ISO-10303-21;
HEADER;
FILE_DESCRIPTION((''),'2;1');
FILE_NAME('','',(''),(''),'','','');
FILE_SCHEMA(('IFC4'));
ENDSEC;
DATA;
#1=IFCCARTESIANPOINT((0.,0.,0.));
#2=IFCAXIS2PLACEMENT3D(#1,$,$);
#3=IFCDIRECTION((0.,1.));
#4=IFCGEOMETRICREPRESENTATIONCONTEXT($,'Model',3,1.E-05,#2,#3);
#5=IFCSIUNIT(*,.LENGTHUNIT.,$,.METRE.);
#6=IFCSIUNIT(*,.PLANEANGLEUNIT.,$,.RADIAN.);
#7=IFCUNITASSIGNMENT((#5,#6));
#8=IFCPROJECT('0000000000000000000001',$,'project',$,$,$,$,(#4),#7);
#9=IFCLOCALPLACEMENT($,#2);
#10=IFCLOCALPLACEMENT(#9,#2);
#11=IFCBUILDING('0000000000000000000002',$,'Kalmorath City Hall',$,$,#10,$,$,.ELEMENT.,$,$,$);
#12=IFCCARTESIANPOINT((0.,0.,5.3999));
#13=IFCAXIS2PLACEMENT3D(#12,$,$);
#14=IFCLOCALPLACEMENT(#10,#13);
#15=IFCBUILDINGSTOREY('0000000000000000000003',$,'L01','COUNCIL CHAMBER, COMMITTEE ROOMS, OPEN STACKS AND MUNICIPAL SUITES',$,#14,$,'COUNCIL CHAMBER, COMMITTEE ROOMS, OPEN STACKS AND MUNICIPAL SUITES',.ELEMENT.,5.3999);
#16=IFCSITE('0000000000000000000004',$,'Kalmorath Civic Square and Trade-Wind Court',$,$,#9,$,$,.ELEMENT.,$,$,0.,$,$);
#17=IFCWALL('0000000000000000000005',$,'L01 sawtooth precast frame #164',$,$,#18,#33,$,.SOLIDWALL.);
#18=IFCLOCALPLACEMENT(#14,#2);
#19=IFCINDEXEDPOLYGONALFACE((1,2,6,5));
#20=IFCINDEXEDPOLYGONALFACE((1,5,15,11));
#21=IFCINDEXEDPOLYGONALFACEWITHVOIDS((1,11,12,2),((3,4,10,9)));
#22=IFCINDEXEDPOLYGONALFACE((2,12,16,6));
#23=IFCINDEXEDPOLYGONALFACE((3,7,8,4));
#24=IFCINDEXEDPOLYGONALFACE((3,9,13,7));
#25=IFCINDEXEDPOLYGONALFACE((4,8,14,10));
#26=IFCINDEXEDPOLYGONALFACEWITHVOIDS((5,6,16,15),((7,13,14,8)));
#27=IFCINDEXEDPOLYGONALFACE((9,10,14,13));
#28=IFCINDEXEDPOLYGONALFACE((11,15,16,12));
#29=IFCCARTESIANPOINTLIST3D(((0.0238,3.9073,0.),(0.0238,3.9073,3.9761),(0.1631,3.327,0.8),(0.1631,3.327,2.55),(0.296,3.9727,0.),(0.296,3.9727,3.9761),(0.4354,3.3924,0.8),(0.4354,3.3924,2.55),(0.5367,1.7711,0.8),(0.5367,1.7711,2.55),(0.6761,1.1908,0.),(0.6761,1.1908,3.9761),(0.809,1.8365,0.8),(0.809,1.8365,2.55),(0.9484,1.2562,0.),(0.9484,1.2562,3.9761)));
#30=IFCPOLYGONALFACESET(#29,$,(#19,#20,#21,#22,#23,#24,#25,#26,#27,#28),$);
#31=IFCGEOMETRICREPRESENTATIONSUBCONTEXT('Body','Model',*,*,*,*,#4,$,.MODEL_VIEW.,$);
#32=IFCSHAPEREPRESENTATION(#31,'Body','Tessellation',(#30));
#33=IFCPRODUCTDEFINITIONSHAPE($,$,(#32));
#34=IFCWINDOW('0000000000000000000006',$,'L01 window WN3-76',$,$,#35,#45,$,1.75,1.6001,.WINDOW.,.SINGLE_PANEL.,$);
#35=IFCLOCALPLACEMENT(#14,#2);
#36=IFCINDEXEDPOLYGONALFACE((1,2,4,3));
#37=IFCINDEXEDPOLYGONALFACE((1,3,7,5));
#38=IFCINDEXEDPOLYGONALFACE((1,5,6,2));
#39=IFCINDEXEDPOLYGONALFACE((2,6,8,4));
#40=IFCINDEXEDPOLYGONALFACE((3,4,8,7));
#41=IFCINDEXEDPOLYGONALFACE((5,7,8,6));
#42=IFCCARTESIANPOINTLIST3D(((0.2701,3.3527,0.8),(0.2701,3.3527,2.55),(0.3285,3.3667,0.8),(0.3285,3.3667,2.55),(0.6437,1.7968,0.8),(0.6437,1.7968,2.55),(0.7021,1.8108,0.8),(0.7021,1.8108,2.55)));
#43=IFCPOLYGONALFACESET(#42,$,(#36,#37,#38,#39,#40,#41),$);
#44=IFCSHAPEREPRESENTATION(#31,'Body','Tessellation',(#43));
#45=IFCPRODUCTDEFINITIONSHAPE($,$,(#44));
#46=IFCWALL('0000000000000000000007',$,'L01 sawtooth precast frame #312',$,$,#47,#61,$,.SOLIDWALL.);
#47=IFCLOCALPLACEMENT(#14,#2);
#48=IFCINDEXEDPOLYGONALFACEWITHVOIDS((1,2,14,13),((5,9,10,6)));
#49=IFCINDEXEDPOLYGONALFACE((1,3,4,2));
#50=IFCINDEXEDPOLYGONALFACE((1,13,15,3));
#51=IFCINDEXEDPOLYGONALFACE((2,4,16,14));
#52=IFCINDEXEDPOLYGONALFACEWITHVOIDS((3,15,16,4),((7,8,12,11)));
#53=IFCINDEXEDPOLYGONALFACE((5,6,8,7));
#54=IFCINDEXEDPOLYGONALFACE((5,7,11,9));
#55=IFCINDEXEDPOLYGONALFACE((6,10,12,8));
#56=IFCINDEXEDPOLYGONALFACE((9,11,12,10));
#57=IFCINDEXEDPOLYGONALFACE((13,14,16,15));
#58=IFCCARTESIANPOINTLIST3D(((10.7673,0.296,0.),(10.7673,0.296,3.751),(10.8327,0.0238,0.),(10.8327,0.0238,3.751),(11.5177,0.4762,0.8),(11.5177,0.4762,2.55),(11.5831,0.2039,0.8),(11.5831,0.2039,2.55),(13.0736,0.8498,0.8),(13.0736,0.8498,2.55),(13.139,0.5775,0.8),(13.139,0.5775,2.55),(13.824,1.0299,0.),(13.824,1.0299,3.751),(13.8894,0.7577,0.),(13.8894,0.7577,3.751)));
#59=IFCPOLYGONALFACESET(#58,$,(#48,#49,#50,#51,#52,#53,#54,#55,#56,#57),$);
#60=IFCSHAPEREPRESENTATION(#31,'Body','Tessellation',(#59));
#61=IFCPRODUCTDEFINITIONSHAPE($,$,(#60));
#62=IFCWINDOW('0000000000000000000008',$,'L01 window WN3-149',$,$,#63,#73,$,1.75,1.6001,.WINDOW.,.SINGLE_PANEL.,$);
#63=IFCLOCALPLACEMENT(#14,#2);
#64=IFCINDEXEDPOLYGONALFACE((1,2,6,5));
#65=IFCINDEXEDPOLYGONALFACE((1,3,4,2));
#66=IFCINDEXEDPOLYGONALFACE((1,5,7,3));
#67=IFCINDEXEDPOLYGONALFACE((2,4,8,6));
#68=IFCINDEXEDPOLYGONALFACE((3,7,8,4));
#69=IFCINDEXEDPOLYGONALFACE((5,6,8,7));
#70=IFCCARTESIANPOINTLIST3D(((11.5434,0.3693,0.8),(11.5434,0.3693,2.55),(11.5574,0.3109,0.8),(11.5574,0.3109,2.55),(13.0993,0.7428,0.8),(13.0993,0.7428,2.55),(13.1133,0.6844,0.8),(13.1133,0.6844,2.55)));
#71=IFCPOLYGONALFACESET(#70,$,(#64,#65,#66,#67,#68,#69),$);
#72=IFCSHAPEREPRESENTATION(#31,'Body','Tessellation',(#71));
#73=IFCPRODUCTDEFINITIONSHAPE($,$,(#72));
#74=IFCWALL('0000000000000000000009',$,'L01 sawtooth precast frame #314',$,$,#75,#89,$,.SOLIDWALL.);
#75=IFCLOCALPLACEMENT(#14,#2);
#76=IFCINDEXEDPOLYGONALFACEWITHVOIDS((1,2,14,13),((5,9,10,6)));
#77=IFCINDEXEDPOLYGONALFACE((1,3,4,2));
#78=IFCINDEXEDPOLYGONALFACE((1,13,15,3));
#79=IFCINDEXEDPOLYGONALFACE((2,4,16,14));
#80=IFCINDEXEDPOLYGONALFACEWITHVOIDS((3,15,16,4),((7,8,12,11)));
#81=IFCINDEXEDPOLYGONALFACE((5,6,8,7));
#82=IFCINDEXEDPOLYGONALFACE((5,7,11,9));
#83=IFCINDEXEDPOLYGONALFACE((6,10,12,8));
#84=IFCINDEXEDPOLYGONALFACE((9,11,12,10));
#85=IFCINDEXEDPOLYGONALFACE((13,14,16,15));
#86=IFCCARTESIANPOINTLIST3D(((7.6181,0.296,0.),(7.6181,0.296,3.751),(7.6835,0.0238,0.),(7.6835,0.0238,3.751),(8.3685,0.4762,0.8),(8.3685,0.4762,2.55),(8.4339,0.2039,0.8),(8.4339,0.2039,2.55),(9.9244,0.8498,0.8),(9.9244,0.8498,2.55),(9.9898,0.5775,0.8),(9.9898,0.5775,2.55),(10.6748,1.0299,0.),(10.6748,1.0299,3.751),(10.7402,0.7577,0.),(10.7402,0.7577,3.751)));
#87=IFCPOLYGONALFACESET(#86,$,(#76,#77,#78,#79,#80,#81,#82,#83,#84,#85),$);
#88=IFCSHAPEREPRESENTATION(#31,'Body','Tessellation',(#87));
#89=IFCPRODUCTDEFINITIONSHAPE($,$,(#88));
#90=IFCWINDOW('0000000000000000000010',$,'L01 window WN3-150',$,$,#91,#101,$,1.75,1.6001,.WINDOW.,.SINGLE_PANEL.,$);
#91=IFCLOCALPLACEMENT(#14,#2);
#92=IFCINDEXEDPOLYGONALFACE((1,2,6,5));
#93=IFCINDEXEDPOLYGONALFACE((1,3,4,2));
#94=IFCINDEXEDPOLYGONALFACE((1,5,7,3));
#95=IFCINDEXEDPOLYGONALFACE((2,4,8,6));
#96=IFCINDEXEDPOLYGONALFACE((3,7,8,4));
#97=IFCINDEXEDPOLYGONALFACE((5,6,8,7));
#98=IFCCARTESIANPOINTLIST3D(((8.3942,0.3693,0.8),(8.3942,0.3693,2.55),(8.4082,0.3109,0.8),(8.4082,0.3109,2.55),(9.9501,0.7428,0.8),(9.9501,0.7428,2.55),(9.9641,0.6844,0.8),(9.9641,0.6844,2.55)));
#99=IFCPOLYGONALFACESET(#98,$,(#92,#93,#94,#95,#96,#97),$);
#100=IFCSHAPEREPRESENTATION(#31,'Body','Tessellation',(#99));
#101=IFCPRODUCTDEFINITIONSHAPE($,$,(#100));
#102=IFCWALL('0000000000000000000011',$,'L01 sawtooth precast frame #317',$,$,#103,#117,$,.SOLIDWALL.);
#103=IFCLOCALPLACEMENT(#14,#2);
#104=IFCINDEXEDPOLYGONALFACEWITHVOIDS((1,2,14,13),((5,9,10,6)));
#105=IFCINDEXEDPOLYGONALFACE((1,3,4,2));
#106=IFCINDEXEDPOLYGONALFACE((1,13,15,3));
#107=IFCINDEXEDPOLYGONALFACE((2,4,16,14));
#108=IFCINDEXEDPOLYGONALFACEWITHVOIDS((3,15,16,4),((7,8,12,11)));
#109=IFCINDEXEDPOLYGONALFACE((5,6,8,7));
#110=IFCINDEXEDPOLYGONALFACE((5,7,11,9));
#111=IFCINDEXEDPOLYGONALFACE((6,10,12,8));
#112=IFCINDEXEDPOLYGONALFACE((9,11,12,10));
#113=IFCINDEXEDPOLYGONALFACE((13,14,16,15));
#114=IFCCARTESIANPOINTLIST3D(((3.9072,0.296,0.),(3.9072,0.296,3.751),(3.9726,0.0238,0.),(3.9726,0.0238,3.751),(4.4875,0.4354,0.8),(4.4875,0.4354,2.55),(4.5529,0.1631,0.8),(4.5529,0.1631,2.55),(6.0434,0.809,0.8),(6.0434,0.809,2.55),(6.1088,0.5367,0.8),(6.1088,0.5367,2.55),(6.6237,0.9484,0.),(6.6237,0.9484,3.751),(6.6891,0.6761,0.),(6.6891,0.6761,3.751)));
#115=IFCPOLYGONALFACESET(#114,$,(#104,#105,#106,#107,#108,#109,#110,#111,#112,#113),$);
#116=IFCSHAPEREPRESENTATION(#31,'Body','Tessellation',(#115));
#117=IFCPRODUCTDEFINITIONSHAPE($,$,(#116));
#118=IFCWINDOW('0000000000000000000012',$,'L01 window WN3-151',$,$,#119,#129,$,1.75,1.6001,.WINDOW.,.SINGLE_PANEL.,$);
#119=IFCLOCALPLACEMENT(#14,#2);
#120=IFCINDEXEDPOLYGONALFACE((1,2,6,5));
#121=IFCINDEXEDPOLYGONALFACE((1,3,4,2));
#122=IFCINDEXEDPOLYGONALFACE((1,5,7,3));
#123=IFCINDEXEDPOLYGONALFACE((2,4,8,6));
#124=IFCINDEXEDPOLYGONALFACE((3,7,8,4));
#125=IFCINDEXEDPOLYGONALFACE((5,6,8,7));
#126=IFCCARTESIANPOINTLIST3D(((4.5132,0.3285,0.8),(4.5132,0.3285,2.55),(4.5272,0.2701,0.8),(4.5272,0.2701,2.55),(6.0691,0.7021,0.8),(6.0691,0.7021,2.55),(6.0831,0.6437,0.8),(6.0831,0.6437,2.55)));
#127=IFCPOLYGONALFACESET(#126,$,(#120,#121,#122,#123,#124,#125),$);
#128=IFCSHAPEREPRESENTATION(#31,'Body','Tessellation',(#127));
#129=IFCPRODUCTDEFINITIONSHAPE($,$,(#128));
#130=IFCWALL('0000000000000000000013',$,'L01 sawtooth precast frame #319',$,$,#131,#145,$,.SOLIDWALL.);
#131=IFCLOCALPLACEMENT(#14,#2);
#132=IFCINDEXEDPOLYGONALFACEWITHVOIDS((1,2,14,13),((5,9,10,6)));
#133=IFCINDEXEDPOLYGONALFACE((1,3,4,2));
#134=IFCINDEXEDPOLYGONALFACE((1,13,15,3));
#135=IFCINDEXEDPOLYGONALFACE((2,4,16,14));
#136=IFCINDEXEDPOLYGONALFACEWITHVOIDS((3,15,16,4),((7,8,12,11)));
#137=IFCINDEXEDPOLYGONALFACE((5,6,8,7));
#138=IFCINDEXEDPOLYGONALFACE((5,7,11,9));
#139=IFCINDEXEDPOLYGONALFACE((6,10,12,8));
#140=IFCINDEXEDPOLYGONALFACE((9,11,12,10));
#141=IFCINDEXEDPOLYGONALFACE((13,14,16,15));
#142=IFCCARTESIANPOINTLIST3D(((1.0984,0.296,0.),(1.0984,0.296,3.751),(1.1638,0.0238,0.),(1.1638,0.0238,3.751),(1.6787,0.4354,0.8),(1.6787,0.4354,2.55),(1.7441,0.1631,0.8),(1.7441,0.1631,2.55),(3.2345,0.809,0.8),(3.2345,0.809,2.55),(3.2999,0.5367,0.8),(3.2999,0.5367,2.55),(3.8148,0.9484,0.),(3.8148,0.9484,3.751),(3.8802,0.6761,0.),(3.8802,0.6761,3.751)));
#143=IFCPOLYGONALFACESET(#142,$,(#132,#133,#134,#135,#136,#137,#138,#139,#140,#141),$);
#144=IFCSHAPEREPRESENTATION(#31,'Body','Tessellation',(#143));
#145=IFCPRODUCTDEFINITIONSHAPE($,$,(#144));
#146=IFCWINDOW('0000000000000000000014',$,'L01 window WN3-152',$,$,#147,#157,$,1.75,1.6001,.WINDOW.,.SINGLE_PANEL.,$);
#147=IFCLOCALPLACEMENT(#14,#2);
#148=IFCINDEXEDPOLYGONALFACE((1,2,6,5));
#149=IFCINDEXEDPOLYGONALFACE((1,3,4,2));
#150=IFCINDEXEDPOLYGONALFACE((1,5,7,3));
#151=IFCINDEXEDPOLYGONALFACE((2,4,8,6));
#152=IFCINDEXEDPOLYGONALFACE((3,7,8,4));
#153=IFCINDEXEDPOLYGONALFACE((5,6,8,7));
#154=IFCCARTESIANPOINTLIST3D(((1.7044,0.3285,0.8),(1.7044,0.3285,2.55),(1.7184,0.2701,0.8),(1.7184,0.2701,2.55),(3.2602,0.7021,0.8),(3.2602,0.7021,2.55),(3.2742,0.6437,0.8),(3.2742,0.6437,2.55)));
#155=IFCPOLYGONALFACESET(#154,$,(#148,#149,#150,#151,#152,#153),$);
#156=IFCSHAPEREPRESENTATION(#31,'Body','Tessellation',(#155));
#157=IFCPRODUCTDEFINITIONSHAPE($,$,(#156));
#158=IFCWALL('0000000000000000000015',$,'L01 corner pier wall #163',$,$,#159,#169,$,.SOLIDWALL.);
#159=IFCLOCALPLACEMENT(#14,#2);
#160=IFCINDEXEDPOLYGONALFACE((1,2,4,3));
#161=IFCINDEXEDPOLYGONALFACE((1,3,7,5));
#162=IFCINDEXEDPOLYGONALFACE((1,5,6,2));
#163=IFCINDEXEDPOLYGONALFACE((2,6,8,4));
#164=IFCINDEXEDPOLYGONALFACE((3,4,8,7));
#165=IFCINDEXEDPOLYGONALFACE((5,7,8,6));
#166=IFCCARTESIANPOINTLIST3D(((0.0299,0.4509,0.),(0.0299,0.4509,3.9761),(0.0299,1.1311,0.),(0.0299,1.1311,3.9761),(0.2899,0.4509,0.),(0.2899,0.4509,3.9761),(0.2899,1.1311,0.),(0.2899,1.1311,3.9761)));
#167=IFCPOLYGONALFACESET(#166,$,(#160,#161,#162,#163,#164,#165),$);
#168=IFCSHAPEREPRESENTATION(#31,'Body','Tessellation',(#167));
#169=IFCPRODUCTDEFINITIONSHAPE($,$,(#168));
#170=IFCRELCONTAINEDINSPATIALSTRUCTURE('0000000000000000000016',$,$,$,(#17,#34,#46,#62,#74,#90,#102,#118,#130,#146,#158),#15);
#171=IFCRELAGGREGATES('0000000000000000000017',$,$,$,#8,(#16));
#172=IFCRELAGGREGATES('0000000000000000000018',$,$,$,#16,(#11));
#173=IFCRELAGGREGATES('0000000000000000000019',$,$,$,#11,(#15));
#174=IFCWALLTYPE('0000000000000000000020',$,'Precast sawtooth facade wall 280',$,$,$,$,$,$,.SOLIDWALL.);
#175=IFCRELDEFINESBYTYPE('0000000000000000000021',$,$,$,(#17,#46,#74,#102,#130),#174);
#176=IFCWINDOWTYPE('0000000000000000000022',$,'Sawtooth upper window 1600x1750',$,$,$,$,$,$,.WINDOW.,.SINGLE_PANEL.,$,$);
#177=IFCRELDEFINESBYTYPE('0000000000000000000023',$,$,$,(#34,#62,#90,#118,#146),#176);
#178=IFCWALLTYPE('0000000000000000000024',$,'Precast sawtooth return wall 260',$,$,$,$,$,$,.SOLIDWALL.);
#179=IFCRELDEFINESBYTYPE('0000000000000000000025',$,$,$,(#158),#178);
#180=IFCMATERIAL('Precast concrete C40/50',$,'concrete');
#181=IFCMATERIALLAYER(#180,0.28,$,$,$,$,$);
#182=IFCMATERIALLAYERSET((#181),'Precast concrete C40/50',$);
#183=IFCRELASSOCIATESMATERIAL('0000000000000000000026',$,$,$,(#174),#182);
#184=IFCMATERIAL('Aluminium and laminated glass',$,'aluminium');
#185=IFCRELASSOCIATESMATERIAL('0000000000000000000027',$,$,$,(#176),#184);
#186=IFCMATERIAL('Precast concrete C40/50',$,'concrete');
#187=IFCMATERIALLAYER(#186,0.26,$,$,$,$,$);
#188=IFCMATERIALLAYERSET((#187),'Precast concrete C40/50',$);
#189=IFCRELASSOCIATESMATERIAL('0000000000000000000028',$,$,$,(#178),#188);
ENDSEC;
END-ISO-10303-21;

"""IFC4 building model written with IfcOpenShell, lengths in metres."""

from ifc_helpers import new_model, si_unit, direction, frame, frame_2d, origin, place, context, subcontext, project, spatial, rectangle, extrude, material, layer, layer_set, type_object, element, fill, save


model = new_model("IFC4")

# Units and contexts
model_context = context("Model", 3, precision=1e-05, world=origin(), true_north=direction((0.0, 1.0)))
body_context = subcontext(model_context, "Body", "Model", "MODEL_VIEW")
ifc_project = project(units=[si_unit("LENGTHUNIT", "METRE"), si_unit("PLANEANGLEUNIT", "RADIAN")], contexts=[model_context])

# Site, building, storey
site_placement = place(None, origin())
site = spatial("IfcSite", under=ifc_project, at=site_placement, Name="Kalmorath Civic Square and Trade-Wind Court", CompositionType="ELEMENT", RefElevation=0.0)
building_placement = place(site_placement, origin())
building = spatial("IfcBuilding", under=site, at=building_placement, Name="Kalmorath City Hall", CompositionType="ELEMENT")
storey_placement = place(building_placement, frame((0.0, 0.0, 5.3999)))
storey = spatial("IfcBuildingStorey", under=building, at=storey_placement, Name="L01", Description="COUNCIL CHAMBER, COMMITTEE ROOMS, OPEN STACKS AND MUNICIPAL SUITES", LongName="COUNCIL CHAMBER, COMMITTEE ROOMS, OPEN STACKS AND MUNICIPAL SUITES", CompositionType="ELEMENT", Elevation=5.3999)

# Walls, openings, windows
ifc_material_1 = material(Name="Precast concrete C40/50", Category="concrete")
ifc_layer_1 = layer(ifc_material_1, 0.28)
ifc_layer_set_1 = layer_set([ifc_layer_1], Name="Precast concrete C40/50")
wall_type_1 = type_object("IfcWallType", Name="Precast sawtooth facade wall 280", PredefinedType="SOLIDWALL", material=ifc_layer_set_1)
wall_1_placement = place(storey_placement, frame((0.8123, 1.2234, 0.0), z_axis=(0.0, 0.0, 1.0), x_axis=(-0.233499, 0.972357, 0.0)))
wall_1 = element("IfcWall", 1, at=wall_1_placement, inside=storey, type_object=wall_type_1, Name="L01 sawtooth precast frame #164", PredefinedType="SOLIDWALL", context=body_context, shape_type="SweptSolid", body=[
    extrude(rectangle(XDim=2.7937, YDim=0.28, at=frame_2d((1.397, 0.0))), origin(), (0.0, 0.0, 1.0), 3.9761),
])
opening_1_placement = place(wall_1_placement, frame((0.5969, 0.0, 0.8)))
opening_1 = element("IfcOpeningElement", 2, at=opening_1_placement, cuts=wall_1, PredefinedType="OPENING", context=body_context, shape_type="SweptSolid", body=[
    extrude(rectangle(XDim=1.6001, YDim=1.75, at=frame_2d((0.8, 0.875))), frame((0.0, 0.1499, 0.0), z_axis=(0.0, -1.0, 0.0), x_axis=(1.0, 0.0, 0.0)), (0.0, 0.0, 1.0), 0.3),
])
ifc_material_2 = material(Name="Aluminium and laminated glass", Category="aluminium")
window_type = type_object("IfcWindowType", Name="Sawtooth upper window 1600x1750", PartitioningType="SINGLE_PANEL", PredefinedType="WINDOW", material=ifc_material_2)
window_1_placement = place(opening_1_placement, origin())
window_1 = element("IfcWindow", 3, at=window_1_placement, inside=storey, type_object=window_type, Name="L01 window WN3-76", OverallHeight=1.75, OverallWidth=1.6001, PartitioningType="SINGLE_PANEL", PredefinedType="WINDOW", context=body_context, shape_type="SweptSolid", body=[
    extrude(rectangle(XDim=1.6001, YDim=1.75, at=frame_2d((0.8, 0.875))), frame((0.0, 0.03, 0.0), z_axis=(0.0, -1.0, 0.0), x_axis=(1.0, 0.0, 0.0)), (0.0, 0.0, 1.0), 0.0601),
])
fill(opening_1, window_1)
wall_2_placement = place(storey_placement, frame((13.8567, 0.8938, 0.0), z_axis=(0.0, 0.0, 1.0), x_axis=(-0.972366, -0.233461, 0.0)))
wall_2 = element("IfcWall", 4, at=wall_2_placement, inside=storey, type_object=wall_type_1, Name="L01 sawtooth precast frame #312", PredefinedType="SOLIDWALL", context=body_context, shape_type="SweptSolid", body=[
    extrude(rectangle(XDim=3.1436, YDim=0.28, at=frame_2d((1.5718, 0.0))), origin(), (0.0, 0.0, 1.0), 3.751),
])
opening_2_placement = place(wall_2_placement, frame((0.7717, 0.0, 0.8)))
opening_2 = element("IfcOpeningElement", 5, at=opening_2_placement, cuts=wall_2, PredefinedType="OPENING", context=body_context, shape_type="SweptSolid", body=[
    extrude(rectangle(XDim=1.6001, YDim=1.75, at=frame_2d((0.8, 0.875))), frame((0.0, 0.1499, 0.0), z_axis=(0.0, -1.0, 0.0), x_axis=(1.0, 0.0, 0.0)), (0.0, 0.0, 1.0), 0.3),
])
window_2_placement = place(opening_2_placement, origin())
window_2 = element("IfcWindow", 6, at=window_2_placement, inside=storey, type_object=window_type, Name="L01 window WN3-149", OverallHeight=1.75, OverallWidth=1.6001, PartitioningType="SINGLE_PANEL", PredefinedType="WINDOW", context=body_context, shape_type="SweptSolid", body=[
    extrude(rectangle(XDim=1.6001, YDim=1.75, at=frame_2d((0.8, 0.875))), frame((0.0, 0.03, 0.0), z_axis=(0.0, -1.0, 0.0), x_axis=(1.0, 0.0, 0.0)), (0.0, 0.0, 1.0), 0.0601),
])
fill(opening_2, window_2)
wall_3_placement = place(storey_placement, frame((10.7075, 0.8938, 0.0), z_axis=(0.0, 0.0, 1.0), x_axis=(-0.972366, -0.233461, 0.0)))
wall_3 = element("IfcWall", 7, at=wall_3_placement, inside=storey, type_object=wall_type_1, Name="L01 sawtooth precast frame #314", PredefinedType="SOLIDWALL", context=body_context, shape_type="SweptSolid", body=[
    extrude(rectangle(XDim=3.1436, YDim=0.28, at=frame_2d((1.5718, 0.0))), origin(), (0.0, 0.0, 1.0), 3.751),
])
opening_3_placement = place(wall_3_placement, frame((0.7717, 0.0, 0.8)))
opening_3 = element("IfcOpeningElement", 8, at=opening_3_placement, cuts=wall_3, PredefinedType="OPENING", context=body_context, shape_type="SweptSolid", body=[
    extrude(rectangle(XDim=1.6001, YDim=1.75, at=frame_2d((0.8, 0.875))), frame((0.0, 0.1499, 0.0), z_axis=(0.0, -1.0, 0.0), x_axis=(1.0, 0.0, 0.0)), (0.0, 0.0, 1.0), 0.3),
])
window_3_placement = place(opening_3_placement, origin())
window_3 = element("IfcWindow", 9, at=window_3_placement, inside=storey, type_object=window_type, Name="L01 window WN3-150", OverallHeight=1.75, OverallWidth=1.6001, PartitioningType="SINGLE_PANEL", PredefinedType="WINDOW", context=body_context, shape_type="SweptSolid", body=[
    extrude(rectangle(XDim=1.6001, YDim=1.75, at=frame_2d((0.8, 0.875))), frame((0.0, 0.03, 0.0), z_axis=(0.0, -1.0, 0.0), x_axis=(1.0, 0.0, 0.0)), (0.0, 0.0, 1.0), 0.0601),
])
fill(opening_3, window_3)
wall_4_placement = place(storey_placement, frame((6.6565, 0.8123, 0.0), z_axis=(0.0, 0.0, 1.0), x_axis=(-0.972357, -0.233499, 0.0)))
wall_4 = element("IfcWall", 10, at=wall_4_placement, inside=storey, type_object=wall_type_1, Name="L01 sawtooth precast frame #317", PredefinedType="SOLIDWALL", context=body_context, shape_type="SweptSolid", body=[
    extrude(rectangle(XDim=2.7937, YDim=0.28, at=frame_2d((1.397, 0.0))), origin(), (0.0, 0.0, 1.0), 3.751),
])
opening_4_placement = place(wall_4_placement, frame((0.5969, 0.0, 0.8)))
opening_4 = element("IfcOpeningElement", 11, at=opening_4_placement, cuts=wall_4, PredefinedType="OPENING", context=body_context, shape_type="SweptSolid", body=[
    extrude(rectangle(XDim=1.6001, YDim=1.75, at=frame_2d((0.8, 0.875))), frame((0.0, 0.1499, 0.0), z_axis=(0.0, -1.0, 0.0), x_axis=(1.0, 0.0, 0.0)), (0.0, 0.0, 1.0), 0.3),
])
window_4_placement = place(opening_4_placement, origin())
window_4 = element("IfcWindow", 12, at=window_4_placement, inside=storey, type_object=window_type, Name="L01 window WN3-151", OverallHeight=1.75, OverallWidth=1.6001, PartitioningType="SINGLE_PANEL", PredefinedType="WINDOW", context=body_context, shape_type="SweptSolid", body=[
    extrude(rectangle(XDim=1.6001, YDim=1.75, at=frame_2d((0.8, 0.875))), frame((0.0, 0.03, 0.0), z_axis=(0.0, -1.0, 0.0), x_axis=(1.0, 0.0, 0.0)), (0.0, 0.0, 1.0), 0.0601),
])
fill(opening_4, window_4)
wall_5_placement = place(storey_placement, frame((3.8477, 0.8123, 0.0), z_axis=(0.0, 0.0, 1.0), x_axis=(-0.972357, -0.233499, 0.0)))
wall_5 = element("IfcWall", 13, at=wall_5_placement, inside=storey, type_object=wall_type_1, Name="L01 sawtooth precast frame #319", PredefinedType="SOLIDWALL", context=body_context, shape_type="SweptSolid", body=[
    extrude(rectangle(XDim=2.7937, YDim=0.28, at=frame_2d((1.397, 0.0))), origin(), (0.0, 0.0, 1.0), 3.751),
])
opening_5_placement = place(wall_5_placement, frame((0.5969, 0.0, 0.8)))
opening_5 = element("IfcOpeningElement", 14, at=opening_5_placement, cuts=wall_5, PredefinedType="OPENING", context=body_context, shape_type="SweptSolid", body=[
    extrude(rectangle(XDim=1.6001, YDim=1.75, at=frame_2d((0.8, 0.875))), frame((0.0, 0.1499, 0.0), z_axis=(0.0, -1.0, 0.0), x_axis=(1.0, 0.0, 0.0)), (0.0, 0.0, 1.0), 0.3),
])
window_5_placement = place(opening_5_placement, origin())
window_5 = element("IfcWindow", 15, at=window_5_placement, inside=storey, type_object=window_type, Name="L01 window WN3-152", OverallHeight=1.75, OverallWidth=1.6001, PartitioningType="SINGLE_PANEL", PredefinedType="WINDOW", context=body_context, shape_type="SweptSolid", body=[
    extrude(rectangle(XDim=1.6001, YDim=1.75, at=frame_2d((0.8, 0.875))), frame((0.0, 0.03, 0.0), z_axis=(0.0, -1.0, 0.0), x_axis=(1.0, 0.0, 0.0)), (0.0, 0.0, 1.0), 0.0601),
])
fill(opening_5, window_5)

# Wall
ifc_material_3 = material(Name="Precast concrete C40/50", Category="concrete")
ifc_layer_2 = layer(ifc_material_3, 0.26)
ifc_layer_set_2 = layer_set([ifc_layer_2], Name="Precast concrete C40/50")
wall_type_2 = type_object("IfcWallType", Name="Precast sawtooth return wall 260", PredefinedType="SOLIDWALL", material=ifc_layer_set_2)
wall_6_placement = place(storey_placement, frame((0.1599, 0.4509, 0.0), z_axis=(0.0, 0.0, 1.0), x_axis=(0.0, 1.0, 0.0)))
element("IfcWall", 16, at=wall_6_placement, inside=storey, type_object=wall_type_2, Name="L01 corner pier wall #163", PredefinedType="SOLIDWALL", context=body_context, shape_type="SweptSolid", body=[
    extrude(rectangle(XDim=0.6802, YDim=0.26, at=frame_2d((0.3401, 0.0))), origin(), (0.0, 0.0, 1.0), 3.9761),
])

save(model, "model.ifc")
